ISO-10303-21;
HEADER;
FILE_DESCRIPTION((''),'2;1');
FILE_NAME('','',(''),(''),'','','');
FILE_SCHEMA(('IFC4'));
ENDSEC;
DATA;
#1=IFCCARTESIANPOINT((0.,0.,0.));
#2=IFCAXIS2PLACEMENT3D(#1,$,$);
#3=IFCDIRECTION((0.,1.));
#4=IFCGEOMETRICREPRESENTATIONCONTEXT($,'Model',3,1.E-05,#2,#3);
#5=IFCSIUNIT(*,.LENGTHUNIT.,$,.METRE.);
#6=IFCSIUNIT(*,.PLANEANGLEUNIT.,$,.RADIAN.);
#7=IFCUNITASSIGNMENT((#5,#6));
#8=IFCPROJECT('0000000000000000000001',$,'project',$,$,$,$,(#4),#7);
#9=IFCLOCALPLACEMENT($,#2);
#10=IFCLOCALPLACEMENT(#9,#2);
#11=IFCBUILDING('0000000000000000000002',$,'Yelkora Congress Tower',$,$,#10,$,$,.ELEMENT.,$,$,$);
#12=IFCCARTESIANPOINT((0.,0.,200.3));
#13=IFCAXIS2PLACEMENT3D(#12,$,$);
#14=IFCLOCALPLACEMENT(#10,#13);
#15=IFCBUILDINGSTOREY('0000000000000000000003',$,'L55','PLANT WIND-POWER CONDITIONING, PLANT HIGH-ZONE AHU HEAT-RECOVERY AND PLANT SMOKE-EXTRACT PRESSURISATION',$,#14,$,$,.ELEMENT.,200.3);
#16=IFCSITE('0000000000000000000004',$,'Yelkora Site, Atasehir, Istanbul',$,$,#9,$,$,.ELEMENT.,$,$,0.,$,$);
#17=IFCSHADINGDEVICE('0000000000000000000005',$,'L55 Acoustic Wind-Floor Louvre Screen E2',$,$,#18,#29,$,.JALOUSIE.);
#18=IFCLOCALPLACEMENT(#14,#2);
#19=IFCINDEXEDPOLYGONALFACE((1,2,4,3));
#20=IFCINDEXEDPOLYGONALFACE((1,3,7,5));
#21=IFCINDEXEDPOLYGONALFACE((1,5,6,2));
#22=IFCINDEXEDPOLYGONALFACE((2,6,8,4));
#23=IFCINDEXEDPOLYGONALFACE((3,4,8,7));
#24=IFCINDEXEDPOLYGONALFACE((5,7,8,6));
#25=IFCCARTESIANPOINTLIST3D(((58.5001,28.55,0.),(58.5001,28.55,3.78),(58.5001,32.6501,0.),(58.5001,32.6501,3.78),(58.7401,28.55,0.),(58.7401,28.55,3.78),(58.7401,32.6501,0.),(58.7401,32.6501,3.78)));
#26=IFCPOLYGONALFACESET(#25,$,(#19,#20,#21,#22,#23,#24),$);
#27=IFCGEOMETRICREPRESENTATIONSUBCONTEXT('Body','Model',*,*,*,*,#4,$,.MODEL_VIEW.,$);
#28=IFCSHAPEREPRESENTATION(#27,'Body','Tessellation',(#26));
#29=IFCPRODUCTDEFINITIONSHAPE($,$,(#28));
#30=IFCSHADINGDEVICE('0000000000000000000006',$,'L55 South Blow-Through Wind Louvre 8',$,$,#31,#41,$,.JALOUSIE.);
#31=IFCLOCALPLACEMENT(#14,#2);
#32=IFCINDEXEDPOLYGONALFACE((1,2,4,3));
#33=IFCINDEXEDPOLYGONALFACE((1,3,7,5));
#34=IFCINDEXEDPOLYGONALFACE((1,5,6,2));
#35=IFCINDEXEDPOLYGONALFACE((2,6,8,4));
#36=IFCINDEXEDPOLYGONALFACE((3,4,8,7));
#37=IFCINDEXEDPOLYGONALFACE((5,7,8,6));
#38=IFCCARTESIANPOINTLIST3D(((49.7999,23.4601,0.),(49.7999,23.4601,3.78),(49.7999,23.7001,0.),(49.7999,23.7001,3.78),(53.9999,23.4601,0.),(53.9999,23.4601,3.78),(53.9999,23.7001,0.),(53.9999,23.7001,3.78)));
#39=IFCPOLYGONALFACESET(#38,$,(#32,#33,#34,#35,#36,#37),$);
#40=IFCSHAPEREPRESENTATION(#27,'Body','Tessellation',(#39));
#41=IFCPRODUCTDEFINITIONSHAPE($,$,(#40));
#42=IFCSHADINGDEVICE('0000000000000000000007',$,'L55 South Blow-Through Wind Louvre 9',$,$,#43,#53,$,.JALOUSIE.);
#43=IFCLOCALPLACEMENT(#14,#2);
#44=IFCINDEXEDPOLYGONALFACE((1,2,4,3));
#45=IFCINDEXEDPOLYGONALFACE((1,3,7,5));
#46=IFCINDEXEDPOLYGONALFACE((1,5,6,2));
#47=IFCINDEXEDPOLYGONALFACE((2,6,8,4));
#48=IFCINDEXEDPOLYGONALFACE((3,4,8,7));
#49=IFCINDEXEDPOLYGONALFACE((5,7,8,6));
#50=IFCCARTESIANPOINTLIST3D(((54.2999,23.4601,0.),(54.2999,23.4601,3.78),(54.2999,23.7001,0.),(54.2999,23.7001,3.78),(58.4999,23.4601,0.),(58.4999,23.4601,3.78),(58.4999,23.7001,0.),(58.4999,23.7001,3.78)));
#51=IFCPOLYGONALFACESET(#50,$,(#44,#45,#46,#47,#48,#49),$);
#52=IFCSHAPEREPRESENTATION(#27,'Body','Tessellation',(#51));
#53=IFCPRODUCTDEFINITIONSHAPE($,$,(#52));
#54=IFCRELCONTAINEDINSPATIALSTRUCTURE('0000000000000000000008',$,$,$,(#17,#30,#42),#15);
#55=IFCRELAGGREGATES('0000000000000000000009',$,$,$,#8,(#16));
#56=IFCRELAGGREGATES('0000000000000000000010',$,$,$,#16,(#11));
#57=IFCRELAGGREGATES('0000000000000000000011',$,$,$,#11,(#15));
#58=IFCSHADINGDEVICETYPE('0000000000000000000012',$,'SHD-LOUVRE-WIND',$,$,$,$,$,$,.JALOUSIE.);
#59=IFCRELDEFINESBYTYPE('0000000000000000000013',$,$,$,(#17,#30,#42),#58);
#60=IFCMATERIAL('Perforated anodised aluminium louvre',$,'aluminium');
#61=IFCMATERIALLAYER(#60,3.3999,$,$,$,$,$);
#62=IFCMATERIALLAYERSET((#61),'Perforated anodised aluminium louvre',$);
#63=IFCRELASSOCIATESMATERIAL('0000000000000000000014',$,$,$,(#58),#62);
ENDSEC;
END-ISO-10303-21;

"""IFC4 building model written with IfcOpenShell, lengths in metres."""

from ifc_helpers import new_model, si_unit, direction, frame, origin, origin_2d, place, context, subcontext, project, spatial, rectangle, extrude, material, layer, layer_set, type_object, element, save


model = new_model("IFC4")

# Units and contexts
model_context = context("Model", 3, precision=1e-05, world=origin(), true_north=direction((0.0, 1.0)))
body_context = subcontext(model_context, "Body", "Model", "MODEL_VIEW")
ifc_project = project(units=[si_unit("LENGTHUNIT", "METRE"), si_unit("PLANEANGLEUNIT", "RADIAN")], contexts=[model_context])

# Site, building, storey
site_placement = place(None, origin())
site = spatial("IfcSite", under=ifc_project, at=site_placement, Name="Yelkora Site, Atasehir, Istanbul", CompositionType="ELEMENT", RefElevation=0.0)
building_placement = place(site_placement, origin())
building = spatial("IfcBuilding", under=site, at=building_placement, Name="Yelkora Congress Tower", CompositionType="ELEMENT")
storey_placement = place(building_placement, frame((0.0, 0.0, 200.3)))
storey = spatial("IfcBuildingStorey", under=building, at=storey_placement, Name="L55", Description="PLANT WIND-POWER CONDITIONING, PLANT HIGH-ZONE AHU HEAT-RECOVERY AND PLANT SMOKE-EXTRACT PRESSURISATION", CompositionType="ELEMENT", Elevation=200.3)

# Shading devices
ifc_material_1 = material(Name="Perforated anodised aluminium louvre", Category="aluminium")
ifc_layer_1 = layer(ifc_material_1, 3.3999)
ifc_layer_set_1 = layer_set([ifc_layer_1], Name="Perforated anodised aluminium louvre")
shading_device_type = type_object("IfcShadingDeviceType", Name="SHD-LOUVRE-WIND", PredefinedType="JALOUSIE", material=ifc_layer_set_1)
for number, where, z_axis, x_axis, name in (
    (1, (58.6201, 30.6001, 0.0), (0.0, 0.0, 1.0), (1.0, 0.0, 0.0), "L55 Acoustic Wind-Floor Louvre Screen E2"),
):
    element("IfcShadingDevice", number, at=place(storey_placement, frame(where, z_axis=z_axis, x_axis=x_axis)), inside=storey, type_object=shading_device_type, Name=name, PredefinedType="JALOUSIE", context=body_context, shape_type="SweptSolid", body=[
        extrude(rectangle(XDim=0.24, YDim=4.1001, at=origin_2d()), origin(), (0.0, 0.0, 1.0), 3.78),
    ])
for number, where, z_axis, x_axis, name in (
    (2, (51.8999, 23.5801, 0.0), (0.0, 0.0, 1.0), (1.0, 0.0, 0.0), "L55 South Blow-Through Wind Louvre 8"),
    (3, (56.3999, 23.5801, 0.0), (0.0, 0.0, 1.0), (1.0, 0.0, 0.0), "L55 South Blow-Through Wind Louvre 9"),
):
    element("IfcShadingDevice", number, at=place(storey_placement, frame(where, z_axis=z_axis, x_axis=x_axis)), inside=storey, type_object=shading_device_type, Name=name, PredefinedType="JALOUSIE", context=body_context, shape_type="SweptSolid", body=[
        extrude(rectangle(XDim=4.2, YDim=0.24, at=origin_2d()), origin(), (0.0, 0.0, 1.0), 3.78),
    ])

save(model, "model.ifc")
